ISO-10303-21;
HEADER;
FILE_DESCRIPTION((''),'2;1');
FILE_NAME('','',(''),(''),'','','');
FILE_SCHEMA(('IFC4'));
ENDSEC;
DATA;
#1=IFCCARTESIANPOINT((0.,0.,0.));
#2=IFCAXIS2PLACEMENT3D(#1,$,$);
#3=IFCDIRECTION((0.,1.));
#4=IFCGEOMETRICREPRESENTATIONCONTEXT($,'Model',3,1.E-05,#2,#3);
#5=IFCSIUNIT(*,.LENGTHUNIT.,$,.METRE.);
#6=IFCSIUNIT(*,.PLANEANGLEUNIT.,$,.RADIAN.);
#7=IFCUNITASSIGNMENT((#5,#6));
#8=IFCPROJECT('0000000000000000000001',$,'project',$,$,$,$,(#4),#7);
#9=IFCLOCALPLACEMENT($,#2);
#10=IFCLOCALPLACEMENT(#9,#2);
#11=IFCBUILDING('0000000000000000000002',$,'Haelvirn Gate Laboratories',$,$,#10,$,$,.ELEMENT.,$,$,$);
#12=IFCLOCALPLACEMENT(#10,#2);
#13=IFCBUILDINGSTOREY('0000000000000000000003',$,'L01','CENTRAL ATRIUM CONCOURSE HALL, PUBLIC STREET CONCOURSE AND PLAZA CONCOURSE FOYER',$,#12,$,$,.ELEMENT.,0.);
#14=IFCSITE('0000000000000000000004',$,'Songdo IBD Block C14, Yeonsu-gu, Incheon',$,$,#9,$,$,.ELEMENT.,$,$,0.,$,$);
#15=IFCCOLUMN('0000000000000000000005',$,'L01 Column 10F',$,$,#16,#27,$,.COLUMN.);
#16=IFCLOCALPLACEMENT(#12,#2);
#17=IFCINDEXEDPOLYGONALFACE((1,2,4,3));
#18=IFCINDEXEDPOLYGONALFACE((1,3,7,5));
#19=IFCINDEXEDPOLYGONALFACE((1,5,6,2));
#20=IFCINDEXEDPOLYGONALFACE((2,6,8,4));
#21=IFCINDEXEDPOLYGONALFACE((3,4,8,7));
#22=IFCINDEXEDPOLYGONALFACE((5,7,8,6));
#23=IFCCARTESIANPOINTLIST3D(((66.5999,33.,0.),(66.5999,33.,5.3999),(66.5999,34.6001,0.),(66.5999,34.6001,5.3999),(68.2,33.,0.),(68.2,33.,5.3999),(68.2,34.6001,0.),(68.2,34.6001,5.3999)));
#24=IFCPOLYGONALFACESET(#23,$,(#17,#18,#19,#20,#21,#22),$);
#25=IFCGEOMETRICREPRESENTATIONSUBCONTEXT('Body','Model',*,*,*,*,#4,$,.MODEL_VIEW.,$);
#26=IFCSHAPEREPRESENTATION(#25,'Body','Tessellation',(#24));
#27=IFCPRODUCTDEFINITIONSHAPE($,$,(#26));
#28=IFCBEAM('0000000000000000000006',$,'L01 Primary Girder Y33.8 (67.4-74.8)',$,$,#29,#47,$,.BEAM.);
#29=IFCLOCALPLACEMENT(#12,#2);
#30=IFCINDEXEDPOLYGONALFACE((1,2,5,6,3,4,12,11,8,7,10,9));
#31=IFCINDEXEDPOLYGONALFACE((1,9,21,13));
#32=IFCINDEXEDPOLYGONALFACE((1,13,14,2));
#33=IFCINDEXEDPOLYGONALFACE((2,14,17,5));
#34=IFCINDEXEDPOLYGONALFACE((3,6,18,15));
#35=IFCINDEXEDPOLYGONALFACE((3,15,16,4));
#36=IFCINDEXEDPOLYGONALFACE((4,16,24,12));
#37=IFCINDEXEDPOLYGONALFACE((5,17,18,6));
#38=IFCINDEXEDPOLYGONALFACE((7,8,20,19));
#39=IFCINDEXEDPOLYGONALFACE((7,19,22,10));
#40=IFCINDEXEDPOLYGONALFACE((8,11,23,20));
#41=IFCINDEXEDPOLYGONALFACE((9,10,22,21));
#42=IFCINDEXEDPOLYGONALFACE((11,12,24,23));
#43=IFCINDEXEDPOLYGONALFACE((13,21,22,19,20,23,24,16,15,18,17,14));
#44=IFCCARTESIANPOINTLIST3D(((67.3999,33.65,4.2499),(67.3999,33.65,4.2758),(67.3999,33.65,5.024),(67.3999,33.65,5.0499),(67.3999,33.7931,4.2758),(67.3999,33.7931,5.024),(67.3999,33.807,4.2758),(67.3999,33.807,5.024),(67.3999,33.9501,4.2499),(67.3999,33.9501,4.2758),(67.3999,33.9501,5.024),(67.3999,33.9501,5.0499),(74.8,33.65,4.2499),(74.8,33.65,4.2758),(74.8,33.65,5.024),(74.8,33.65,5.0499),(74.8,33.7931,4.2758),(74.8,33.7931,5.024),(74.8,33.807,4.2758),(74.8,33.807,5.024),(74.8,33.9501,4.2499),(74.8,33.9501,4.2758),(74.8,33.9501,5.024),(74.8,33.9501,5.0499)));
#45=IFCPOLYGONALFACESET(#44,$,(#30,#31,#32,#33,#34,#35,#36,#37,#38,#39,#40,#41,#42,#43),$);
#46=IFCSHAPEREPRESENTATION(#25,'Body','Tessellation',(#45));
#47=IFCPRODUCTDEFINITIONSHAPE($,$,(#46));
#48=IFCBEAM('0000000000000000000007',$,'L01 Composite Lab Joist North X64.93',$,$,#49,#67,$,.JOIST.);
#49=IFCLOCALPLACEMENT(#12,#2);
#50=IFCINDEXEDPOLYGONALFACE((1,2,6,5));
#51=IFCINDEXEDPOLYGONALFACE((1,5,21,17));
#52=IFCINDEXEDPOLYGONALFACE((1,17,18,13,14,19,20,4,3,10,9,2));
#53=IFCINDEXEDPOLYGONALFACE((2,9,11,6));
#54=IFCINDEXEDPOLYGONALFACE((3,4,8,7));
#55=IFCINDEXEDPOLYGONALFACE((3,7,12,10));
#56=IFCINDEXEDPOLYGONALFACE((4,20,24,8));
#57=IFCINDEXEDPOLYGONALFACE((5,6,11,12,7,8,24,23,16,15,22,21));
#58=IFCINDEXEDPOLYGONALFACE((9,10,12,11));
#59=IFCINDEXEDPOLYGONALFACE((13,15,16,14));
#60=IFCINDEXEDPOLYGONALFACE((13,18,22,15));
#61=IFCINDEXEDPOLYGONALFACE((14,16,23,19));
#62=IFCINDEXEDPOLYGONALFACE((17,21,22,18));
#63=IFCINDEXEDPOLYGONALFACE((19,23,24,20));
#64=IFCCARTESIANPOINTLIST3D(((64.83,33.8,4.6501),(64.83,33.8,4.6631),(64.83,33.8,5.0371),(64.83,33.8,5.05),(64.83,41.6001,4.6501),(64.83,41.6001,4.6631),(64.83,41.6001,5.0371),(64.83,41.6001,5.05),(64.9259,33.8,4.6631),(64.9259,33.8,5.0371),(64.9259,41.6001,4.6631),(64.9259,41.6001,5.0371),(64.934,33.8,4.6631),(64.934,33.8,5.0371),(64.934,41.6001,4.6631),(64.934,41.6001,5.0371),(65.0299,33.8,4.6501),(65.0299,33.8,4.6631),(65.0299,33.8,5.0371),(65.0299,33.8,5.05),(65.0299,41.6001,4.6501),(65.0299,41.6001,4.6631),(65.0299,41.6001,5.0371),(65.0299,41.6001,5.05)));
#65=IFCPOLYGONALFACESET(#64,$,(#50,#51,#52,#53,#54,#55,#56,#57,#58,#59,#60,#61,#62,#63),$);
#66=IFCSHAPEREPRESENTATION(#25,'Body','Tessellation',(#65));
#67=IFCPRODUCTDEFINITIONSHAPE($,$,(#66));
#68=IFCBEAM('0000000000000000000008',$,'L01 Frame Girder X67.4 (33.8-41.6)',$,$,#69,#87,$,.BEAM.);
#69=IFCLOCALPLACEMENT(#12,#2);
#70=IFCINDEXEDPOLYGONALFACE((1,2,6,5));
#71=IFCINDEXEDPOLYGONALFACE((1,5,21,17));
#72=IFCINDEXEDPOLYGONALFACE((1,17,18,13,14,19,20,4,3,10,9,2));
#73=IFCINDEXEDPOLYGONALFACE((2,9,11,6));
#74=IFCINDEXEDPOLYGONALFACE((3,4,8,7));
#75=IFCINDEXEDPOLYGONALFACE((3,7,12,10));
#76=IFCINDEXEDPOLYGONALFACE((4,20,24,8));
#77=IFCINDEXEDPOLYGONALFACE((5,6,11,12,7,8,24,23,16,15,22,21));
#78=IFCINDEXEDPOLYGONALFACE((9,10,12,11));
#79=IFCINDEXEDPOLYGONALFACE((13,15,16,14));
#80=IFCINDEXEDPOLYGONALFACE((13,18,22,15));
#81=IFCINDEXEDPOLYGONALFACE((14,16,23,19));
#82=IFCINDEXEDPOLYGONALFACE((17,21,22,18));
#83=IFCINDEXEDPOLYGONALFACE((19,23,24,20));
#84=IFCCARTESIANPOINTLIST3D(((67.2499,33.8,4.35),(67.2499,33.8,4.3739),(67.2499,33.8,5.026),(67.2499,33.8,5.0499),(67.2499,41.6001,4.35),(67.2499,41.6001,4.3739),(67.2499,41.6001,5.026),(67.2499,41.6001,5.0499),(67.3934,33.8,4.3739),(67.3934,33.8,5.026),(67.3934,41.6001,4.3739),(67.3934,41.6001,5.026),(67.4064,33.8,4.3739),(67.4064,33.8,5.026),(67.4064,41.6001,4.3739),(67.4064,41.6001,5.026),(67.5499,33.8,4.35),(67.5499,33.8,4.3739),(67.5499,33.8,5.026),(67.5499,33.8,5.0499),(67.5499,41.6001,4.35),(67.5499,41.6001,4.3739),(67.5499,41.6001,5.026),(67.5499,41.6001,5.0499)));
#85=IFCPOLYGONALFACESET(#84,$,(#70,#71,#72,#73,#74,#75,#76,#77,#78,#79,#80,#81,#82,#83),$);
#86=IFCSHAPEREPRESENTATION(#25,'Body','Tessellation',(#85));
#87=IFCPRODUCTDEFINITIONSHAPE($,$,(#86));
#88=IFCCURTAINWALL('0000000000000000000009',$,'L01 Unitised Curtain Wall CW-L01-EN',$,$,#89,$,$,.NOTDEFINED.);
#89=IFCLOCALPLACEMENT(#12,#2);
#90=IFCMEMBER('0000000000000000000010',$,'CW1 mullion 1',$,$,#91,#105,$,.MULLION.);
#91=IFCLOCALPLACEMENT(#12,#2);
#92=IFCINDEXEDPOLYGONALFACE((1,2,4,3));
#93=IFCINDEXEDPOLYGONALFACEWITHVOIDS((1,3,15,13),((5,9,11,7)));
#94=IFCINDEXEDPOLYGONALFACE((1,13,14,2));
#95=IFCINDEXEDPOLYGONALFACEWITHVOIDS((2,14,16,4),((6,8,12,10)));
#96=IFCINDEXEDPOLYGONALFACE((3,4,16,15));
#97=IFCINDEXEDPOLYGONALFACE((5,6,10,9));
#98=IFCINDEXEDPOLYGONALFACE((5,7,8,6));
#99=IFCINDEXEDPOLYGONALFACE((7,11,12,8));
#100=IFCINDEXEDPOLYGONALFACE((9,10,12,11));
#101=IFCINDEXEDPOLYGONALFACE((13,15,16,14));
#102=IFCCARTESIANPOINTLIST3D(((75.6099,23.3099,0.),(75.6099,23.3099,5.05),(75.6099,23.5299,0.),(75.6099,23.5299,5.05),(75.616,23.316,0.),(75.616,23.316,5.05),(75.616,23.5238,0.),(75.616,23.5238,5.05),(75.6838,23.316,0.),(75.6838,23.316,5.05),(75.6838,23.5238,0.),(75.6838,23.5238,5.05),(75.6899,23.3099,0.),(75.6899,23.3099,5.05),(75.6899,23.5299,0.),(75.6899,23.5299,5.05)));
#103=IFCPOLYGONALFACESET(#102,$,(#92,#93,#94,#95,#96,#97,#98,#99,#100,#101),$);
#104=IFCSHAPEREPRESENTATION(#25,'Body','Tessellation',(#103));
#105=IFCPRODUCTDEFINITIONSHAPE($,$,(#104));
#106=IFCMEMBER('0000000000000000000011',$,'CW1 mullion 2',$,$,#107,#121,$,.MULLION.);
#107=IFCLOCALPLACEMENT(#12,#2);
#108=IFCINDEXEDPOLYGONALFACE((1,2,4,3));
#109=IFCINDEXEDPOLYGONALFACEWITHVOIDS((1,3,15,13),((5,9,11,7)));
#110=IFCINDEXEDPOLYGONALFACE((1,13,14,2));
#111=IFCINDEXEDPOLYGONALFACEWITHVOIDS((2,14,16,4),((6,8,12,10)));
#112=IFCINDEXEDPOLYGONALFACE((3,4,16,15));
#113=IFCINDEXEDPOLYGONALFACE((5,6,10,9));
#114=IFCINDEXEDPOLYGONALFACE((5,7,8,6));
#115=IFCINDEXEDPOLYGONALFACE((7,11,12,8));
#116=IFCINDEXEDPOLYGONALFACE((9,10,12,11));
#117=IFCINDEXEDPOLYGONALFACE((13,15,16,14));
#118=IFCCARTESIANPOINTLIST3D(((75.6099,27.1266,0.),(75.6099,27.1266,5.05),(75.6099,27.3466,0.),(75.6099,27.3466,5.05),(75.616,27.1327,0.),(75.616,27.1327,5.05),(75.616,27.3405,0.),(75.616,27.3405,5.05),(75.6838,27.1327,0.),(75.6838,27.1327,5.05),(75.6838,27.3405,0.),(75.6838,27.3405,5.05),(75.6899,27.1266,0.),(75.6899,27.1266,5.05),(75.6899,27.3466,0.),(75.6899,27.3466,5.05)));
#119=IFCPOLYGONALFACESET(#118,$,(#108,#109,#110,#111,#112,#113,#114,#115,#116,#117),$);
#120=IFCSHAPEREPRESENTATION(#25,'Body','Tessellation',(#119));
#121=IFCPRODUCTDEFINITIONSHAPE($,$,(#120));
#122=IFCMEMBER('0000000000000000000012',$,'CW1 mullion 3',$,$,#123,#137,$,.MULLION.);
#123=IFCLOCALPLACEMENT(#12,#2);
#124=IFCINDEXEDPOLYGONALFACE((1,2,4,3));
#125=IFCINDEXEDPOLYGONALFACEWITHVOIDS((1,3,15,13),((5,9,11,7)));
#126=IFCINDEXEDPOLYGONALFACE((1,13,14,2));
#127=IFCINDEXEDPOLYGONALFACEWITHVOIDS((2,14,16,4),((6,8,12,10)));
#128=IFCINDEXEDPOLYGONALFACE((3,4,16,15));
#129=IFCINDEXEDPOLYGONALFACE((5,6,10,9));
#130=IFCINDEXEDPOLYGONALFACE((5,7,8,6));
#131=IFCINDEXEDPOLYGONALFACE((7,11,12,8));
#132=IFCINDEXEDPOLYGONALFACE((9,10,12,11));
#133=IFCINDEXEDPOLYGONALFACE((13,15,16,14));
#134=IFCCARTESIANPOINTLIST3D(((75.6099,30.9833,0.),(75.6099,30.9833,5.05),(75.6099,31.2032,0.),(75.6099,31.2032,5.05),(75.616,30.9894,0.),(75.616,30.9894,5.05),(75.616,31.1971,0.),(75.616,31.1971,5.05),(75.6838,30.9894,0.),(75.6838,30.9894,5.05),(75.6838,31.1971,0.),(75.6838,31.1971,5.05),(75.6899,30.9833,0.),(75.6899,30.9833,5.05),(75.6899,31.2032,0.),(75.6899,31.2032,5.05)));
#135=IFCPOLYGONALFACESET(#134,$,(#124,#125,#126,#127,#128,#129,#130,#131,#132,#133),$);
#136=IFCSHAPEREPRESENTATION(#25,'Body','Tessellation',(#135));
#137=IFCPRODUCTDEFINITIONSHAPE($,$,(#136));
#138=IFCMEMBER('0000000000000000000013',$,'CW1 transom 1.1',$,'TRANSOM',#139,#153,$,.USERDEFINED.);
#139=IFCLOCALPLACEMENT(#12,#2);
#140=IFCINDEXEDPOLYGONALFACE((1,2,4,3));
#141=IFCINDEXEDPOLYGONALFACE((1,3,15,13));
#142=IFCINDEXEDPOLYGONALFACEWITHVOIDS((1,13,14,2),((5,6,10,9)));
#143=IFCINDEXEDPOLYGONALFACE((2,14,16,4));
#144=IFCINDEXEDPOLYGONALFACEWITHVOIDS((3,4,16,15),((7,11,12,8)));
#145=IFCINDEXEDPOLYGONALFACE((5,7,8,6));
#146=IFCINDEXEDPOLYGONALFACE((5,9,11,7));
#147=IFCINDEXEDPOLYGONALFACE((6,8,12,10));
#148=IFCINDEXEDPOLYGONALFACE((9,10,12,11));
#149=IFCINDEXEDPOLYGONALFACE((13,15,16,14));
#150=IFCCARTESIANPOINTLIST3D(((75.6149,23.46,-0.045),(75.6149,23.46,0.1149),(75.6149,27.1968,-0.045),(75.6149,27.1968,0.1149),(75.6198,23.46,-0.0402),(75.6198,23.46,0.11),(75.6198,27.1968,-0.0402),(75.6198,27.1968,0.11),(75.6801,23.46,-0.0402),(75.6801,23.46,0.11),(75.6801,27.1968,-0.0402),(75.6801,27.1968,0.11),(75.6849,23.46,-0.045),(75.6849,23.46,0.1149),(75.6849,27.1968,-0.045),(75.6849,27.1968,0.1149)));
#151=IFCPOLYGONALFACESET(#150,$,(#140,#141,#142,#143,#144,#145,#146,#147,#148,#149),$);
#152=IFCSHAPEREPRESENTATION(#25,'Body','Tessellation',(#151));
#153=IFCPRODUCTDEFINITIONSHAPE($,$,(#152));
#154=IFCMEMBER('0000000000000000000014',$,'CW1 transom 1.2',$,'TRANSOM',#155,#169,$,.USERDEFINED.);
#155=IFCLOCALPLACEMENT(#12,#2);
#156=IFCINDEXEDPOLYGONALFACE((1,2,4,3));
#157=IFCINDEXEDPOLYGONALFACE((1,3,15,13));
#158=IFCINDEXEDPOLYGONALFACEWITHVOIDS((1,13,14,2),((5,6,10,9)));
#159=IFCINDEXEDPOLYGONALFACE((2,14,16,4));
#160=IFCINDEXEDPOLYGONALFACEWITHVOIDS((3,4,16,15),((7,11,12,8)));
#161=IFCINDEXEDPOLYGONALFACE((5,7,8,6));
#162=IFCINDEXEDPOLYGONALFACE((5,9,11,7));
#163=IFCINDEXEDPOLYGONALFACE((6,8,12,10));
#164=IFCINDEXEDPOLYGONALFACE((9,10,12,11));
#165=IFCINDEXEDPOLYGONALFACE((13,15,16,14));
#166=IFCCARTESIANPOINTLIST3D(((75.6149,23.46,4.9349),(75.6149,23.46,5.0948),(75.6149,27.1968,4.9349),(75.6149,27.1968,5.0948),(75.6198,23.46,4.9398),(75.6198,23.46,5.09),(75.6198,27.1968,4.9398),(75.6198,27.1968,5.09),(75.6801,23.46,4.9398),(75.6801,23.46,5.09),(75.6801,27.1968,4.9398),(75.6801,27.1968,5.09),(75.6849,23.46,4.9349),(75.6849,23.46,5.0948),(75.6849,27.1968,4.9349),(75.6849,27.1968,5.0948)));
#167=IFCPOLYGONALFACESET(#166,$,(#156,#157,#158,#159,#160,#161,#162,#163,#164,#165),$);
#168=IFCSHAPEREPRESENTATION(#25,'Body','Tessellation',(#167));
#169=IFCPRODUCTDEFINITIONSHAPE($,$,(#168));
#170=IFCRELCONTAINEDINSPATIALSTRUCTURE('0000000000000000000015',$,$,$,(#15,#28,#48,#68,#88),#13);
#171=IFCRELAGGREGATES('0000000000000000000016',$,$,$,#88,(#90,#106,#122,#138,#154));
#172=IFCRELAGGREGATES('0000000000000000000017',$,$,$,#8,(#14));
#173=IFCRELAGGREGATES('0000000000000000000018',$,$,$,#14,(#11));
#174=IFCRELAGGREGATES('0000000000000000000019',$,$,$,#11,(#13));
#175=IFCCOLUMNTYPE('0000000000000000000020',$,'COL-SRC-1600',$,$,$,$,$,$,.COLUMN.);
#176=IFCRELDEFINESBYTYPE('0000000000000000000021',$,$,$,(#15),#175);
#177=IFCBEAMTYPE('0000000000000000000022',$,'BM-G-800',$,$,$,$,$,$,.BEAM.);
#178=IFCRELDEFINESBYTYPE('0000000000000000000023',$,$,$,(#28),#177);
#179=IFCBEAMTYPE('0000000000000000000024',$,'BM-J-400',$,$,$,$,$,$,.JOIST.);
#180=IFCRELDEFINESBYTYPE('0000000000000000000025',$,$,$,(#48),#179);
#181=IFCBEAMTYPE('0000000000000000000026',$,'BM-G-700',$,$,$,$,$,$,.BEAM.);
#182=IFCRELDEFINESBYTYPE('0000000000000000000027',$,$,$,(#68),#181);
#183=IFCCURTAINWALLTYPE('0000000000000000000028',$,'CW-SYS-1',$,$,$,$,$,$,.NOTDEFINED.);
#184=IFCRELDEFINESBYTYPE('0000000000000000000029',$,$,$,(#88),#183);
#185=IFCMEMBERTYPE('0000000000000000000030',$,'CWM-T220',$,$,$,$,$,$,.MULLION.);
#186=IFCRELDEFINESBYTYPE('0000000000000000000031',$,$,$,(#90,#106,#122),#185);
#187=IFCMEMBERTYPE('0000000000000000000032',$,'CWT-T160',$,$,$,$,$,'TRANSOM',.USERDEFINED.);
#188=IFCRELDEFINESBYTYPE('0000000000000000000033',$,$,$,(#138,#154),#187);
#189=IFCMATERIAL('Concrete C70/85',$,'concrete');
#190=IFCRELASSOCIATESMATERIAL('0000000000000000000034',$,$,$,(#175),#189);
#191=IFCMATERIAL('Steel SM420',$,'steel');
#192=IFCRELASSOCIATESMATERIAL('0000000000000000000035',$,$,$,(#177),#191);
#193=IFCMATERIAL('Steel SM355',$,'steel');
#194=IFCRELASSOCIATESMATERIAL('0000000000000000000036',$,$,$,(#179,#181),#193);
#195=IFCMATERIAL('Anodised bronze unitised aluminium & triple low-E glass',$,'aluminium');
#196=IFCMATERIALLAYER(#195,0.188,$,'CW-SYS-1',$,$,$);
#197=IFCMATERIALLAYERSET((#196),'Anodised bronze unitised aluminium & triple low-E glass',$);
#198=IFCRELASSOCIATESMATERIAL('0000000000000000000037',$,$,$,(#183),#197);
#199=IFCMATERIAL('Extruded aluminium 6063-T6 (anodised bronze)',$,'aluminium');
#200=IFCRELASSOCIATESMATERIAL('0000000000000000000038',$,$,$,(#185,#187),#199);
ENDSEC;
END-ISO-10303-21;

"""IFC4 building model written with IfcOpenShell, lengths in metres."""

from ifc_helpers import new_model, si_unit, direction, frame, origin, origin_2d, place, context, subcontext, project, spatial, rectangle, hollow_rectangle, i_section, extrude, source, transform, mapped, material, layer, layer_set, material_profile, profile_set, type_object, type_shapes, element, aggregate, save


model = new_model("IFC4")

# Units and contexts
model_context = context("Model", 3, precision=1e-05, world=origin(), true_north=direction((0.0, 1.0)))
body_context = subcontext(model_context, "Body", "Model", "MODEL_VIEW")
ifc_project = project(units=[si_unit("LENGTHUNIT", "METRE"), si_unit("PLANEANGLEUNIT", "RADIAN")], contexts=[model_context])

# Site, building, storey
site_placement = place(None, origin())
site = spatial("IfcSite", under=ifc_project, at=site_placement, Name="Songdo IBD Block C14, Yeonsu-gu, Incheon", CompositionType="ELEMENT", RefElevation=0.0)
building_placement = place(site_placement, origin())
building = spatial("IfcBuilding", under=site, at=building_placement, Name="Haelvirn Gate Laboratories", CompositionType="ELEMENT")
storey_placement = place(building_placement, origin())
storey = spatial("IfcBuildingStorey", under=building, at=storey_placement, Name="L01", Description="CENTRAL ATRIUM CONCOURSE HALL, PUBLIC STREET CONCOURSE AND PLAZA CONCOURSE FOYER", CompositionType="ELEMENT", Elevation=0.0)

# Column
ifc_material_1 = material(Name="Concrete C70/85", Category="concrete")
ifc_material_profile_1 = material_profile(ifc_material_1, rectangle(XDim=1.6001, YDim=1.6001, at=origin_2d()), Name="SRC-1600x1600")
ifc_profile_set_1 = profile_set([ifc_material_profile_1], Name="Concrete C70/85")
column_type = type_object("IfcColumnType", Name="COL-SRC-1600", PredefinedType="COLUMN", material=ifc_profile_set_1)
shared_shape_1 = source(origin(), body_context, "Body", "SweptSolid", [
    extrude(rectangle(XDim=1.6001, YDim=1.6001, at=origin_2d()), origin(), (0.0, 0.0, 1.0), 5.3999),
])
type_shapes(column_type, [shared_shape_1])
column_placement = place(storey_placement, frame((67.3999, 33.8, 0.0), z_axis=(0.0, 0.0, 1.0), x_axis=(1.0, 0.0, 0.0)))
element("IfcColumn", 1, at=column_placement, inside=storey, type_object=column_type, Name="L01 Column 10F", PredefinedType="COLUMN", context=body_context, shape_type="MappedRepresentation", body=[
    mapped(shared_shape_1, transform((0.0, 0.0, 0.0), scale=1.0)),
])

# Beams
ifc_material_2 = material(Name="Steel SM420", Category="steel")
ifc_material_profile_2 = material_profile(ifc_material_2, i_section(OverallWidth=0.3, OverallDepth=0.8, WebThickness=0.0139, FlangeThickness=0.0259, at=origin_2d()), Name="H-800x300x14x26")
ifc_profile_set_2 = profile_set([ifc_material_profile_2], Name="Steel SM420")
beam_type_1 = type_object("IfcBeamType", Name="BM-G-800", PredefinedType="BEAM", material=ifc_profile_set_2)
shared_shape_2 = source(origin(), body_context, "Body", "SweptSolid", [
    extrude(i_section(OverallWidth=0.3, OverallDepth=0.8, WebThickness=0.0139, FlangeThickness=0.0259, at=origin_2d()), origin(), (0.0, 0.0, 1.0), 7.4001),
])
type_shapes(beam_type_1, [shared_shape_2])
beam_1_placement = place(storey_placement, frame((67.3999, 33.8, 4.6499), z_axis=(1.0, 0.0, 0.0), x_axis=(0.0, 1.0, 0.0)))
element("IfcBeam", 2, at=beam_1_placement, inside=storey, type_object=beam_type_1, Name="L01 Primary Girder Y33.8 (67.4-74.8)", PredefinedType="BEAM", context=body_context, shape_type="MappedRepresentation", body=[
    mapped(shared_shape_2, transform((0.0, 0.0, 0.0), scale=1.0)),
])
ifc_material_3 = material(Name="Steel SM355", Category="steel")
ifc_material_profile_3 = material_profile(ifc_material_3, i_section(OverallWidth=0.2, OverallDepth=0.3999, WebThickness=0.0081, FlangeThickness=0.0129, at=origin_2d()), Name="H-400x200x8x13")
ifc_profile_set_3 = profile_set([ifc_material_profile_3], Name="Steel SM355")
beam_type_2 = type_object("IfcBeamType", Name="BM-J-400", PredefinedType="JOIST", material=ifc_profile_set_3)
shared_shape_3 = source(origin(), body_context, "Body", "SweptSolid", [
    extrude(i_section(OverallWidth=0.2, OverallDepth=0.3999, WebThickness=0.0081, FlangeThickness=0.0129, at=origin_2d()), origin(), (0.0, 0.0, 1.0), 7.8),
])
type_shapes(beam_type_2, [shared_shape_3])
beam_2_placement = place(storey_placement, frame((64.9299, 33.8, 4.8501), z_axis=(0.0, 1.0, 0.0), x_axis=(-1.0, 0.0, 0.0)))
element("IfcBeam", 3, at=beam_2_placement, inside=storey, type_object=beam_type_2, Name="L01 Composite Lab Joist North X64.93", PredefinedType="JOIST", context=body_context, shape_type="MappedRepresentation", body=[
    mapped(shared_shape_3, transform((0.0, 0.0, 0.0), scale=1.0)),
])
ifc_material_profile_4 = material_profile(ifc_material_3, i_section(OverallWidth=0.3, OverallDepth=0.7, WebThickness=0.0129, FlangeThickness=0.0239, at=origin_2d()), Name="H-700x300x13x24")
ifc_profile_set_4 = profile_set([ifc_material_profile_4], Name="Steel SM355")
beam_type_3 = type_object("IfcBeamType", Name="BM-G-700", PredefinedType="BEAM", material=ifc_profile_set_4)
shared_shape_4 = source(origin(), body_context, "Body", "SweptSolid", [
    extrude(i_section(OverallWidth=0.3, OverallDepth=0.7, WebThickness=0.0129, FlangeThickness=0.0239, at=origin_2d()), origin(), (0.0, 0.0, 1.0), 7.8),
])
type_shapes(beam_type_3, [shared_shape_4])
beam_3_placement = place(storey_placement, frame((67.3999, 33.8, 4.7), z_axis=(0.0, 1.0, 0.0), x_axis=(-1.0, 0.0, 0.0)))
element("IfcBeam", 4, at=beam_3_placement, inside=storey, type_object=beam_type_3, Name="L01 Frame Girder X67.4 (33.8-41.6)", PredefinedType="BEAM", context=body_context, shape_type="MappedRepresentation", body=[
    mapped(shared_shape_4, transform((0.0, 0.0, 0.0), scale=1.0)),
])

# Curtain wall, members
ifc_material_4 = material(Name="Anodised bronze unitised aluminium & triple low-E glass", Category="aluminium")
ifc_layer_1 = layer(ifc_material_4, 0.188, Name="CW-SYS-1")
ifc_layer_set_1 = layer_set([ifc_layer_1], Name="Anodised bronze unitised aluminium & triple low-E glass")
curtain_wall_type = type_object("IfcCurtainWallType", Name="CW-SYS-1", PredefinedType="NOTDEFINED", material=ifc_layer_set_1)
curtain_wall_placement = place(storey_placement, origin())
curtain_wall = element("IfcCurtainWall", 5, at=curtain_wall_placement, inside=storey, type_object=curtain_wall_type, Name="L01 Unitised Curtain Wall CW-L01-EN", PredefinedType="NOTDEFINED")
ifc_material_5 = material(Name="Extruded aluminium 6063-T6 (anodised bronze)", Category="aluminium")
ifc_material_profile_5 = material_profile(ifc_material_5, hollow_rectangle(XDim=0.0801, YDim=0.22, WallThickness=0.0061, at=origin_2d()), Name="CWM-220x80x6")
ifc_profile_set_5 = profile_set([ifc_material_profile_5], Name="Extruded aluminium 6063-T6 (anodised bronze)")
member_type_1 = type_object("IfcMemberType", Name="CWM-T220", PredefinedType="MULLION", material=ifc_profile_set_5)
shared_shape_5 = source(origin(), body_context, "Body", "SweptSolid", [
    extrude(hollow_rectangle(XDim=0.0801, YDim=0.22, WallThickness=0.0061, at=origin_2d()), origin(), (0.0, 0.0, 1.0), 5.05),
])
type_shapes(member_type_1, [shared_shape_5])
member_1_placement = place(storey_placement, frame((75.6499, 23.4199, 0.0), z_axis=(0.0, 0.0, 1.0), x_axis=(-1.0, 0.0, 0.0)))
member_1 = element("IfcMember", 6, at=member_1_placement, type_object=member_type_1, Name="CW1 mullion 1", PredefinedType="MULLION", context=body_context, shape_type="MappedRepresentation", body=[
    mapped(shared_shape_5, transform((0.0, 0.0, 0.0), scale=1.0)),
])
member_2_placement = place(storey_placement, frame((75.6499, 27.2366, 0.0), z_axis=(0.0, 0.0, 1.0), x_axis=(-1.0, 0.0, 0.0)))
member_2 = element("IfcMember", 7, at=member_2_placement, type_object=member_type_1, Name="CW1 mullion 2", PredefinedType="MULLION", context=body_context, shape_type="MappedRepresentation", body=[
    mapped(shared_shape_5, transform((0.0, 0.0, 0.0), scale=1.0)),
])
member_3_placement = place(storey_placement, frame((75.6499, 31.0933, 0.0), z_axis=(0.0, 0.0, 1.0), x_axis=(-1.0, 0.0, 0.0)))
member_3 = element("IfcMember", 8, at=member_3_placement, type_object=member_type_1, Name="CW1 mullion 3", PredefinedType="MULLION", context=body_context, shape_type="MappedRepresentation", body=[
    mapped(shared_shape_5, transform((0.0, 0.0, 0.0), scale=1.0)),
])
ifc_material_profile_6 = material_profile(ifc_material_5, hollow_rectangle(XDim=0.0701, YDim=0.1599, WallThickness=0.0049, at=origin_2d()), Name="CWT-160x70x5")
ifc_profile_set_6 = profile_set([ifc_material_profile_6], Name="Extruded aluminium 6063-T6 (anodised bronze)")
member_type_2 = type_object("IfcMemberType", Name="CWT-T160", ElementType="TRANSOM", PredefinedType="USERDEFINED", material=ifc_profile_set_6)
shared_shape_6 = source(origin(), body_context, "Body", "SweptSolid", [
    extrude(hollow_rectangle(XDim=0.0701, YDim=0.1599, WallThickness=0.0049, at=origin_2d()), origin(), (0.0, 0.0, 1.0), 3.7368),
])
member_4_placement = place(storey_placement, frame((75.6499, 23.46, 0.0349), z_axis=(0.0, 1.0, 0.0), x_axis=(-1.0, 0.0, 0.0)))
member_4 = element("IfcMember", 9, at=member_4_placement, type_object=member_type_2, Name="CW1 transom 1.1", ObjectType="TRANSOM", PredefinedType="USERDEFINED", context=body_context, shape_type="MappedRepresentation", body=[
    mapped(shared_shape_6, transform((0.0, 0.0, 0.0), scale=1.0)),
])
member_5_placement = place(storey_placement, frame((75.6499, 23.46, 5.0149), z_axis=(0.0, 1.0, 0.0), x_axis=(-1.0, 0.0, 0.0)))
member_5 = element("IfcMember", 10, at=member_5_placement, type_object=member_type_2, Name="CW1 transom 1.2", ObjectType="TRANSOM", PredefinedType="USERDEFINED", context=body_context, shape_type="MappedRepresentation", body=[
    mapped(shared_shape_6, transform((0.0, 0.0, 0.0), scale=1.0)),
])
aggregate(curtain_wall, [member_1, member_2, member_3, member_4, member_5])

save(model, "model.ifc")
